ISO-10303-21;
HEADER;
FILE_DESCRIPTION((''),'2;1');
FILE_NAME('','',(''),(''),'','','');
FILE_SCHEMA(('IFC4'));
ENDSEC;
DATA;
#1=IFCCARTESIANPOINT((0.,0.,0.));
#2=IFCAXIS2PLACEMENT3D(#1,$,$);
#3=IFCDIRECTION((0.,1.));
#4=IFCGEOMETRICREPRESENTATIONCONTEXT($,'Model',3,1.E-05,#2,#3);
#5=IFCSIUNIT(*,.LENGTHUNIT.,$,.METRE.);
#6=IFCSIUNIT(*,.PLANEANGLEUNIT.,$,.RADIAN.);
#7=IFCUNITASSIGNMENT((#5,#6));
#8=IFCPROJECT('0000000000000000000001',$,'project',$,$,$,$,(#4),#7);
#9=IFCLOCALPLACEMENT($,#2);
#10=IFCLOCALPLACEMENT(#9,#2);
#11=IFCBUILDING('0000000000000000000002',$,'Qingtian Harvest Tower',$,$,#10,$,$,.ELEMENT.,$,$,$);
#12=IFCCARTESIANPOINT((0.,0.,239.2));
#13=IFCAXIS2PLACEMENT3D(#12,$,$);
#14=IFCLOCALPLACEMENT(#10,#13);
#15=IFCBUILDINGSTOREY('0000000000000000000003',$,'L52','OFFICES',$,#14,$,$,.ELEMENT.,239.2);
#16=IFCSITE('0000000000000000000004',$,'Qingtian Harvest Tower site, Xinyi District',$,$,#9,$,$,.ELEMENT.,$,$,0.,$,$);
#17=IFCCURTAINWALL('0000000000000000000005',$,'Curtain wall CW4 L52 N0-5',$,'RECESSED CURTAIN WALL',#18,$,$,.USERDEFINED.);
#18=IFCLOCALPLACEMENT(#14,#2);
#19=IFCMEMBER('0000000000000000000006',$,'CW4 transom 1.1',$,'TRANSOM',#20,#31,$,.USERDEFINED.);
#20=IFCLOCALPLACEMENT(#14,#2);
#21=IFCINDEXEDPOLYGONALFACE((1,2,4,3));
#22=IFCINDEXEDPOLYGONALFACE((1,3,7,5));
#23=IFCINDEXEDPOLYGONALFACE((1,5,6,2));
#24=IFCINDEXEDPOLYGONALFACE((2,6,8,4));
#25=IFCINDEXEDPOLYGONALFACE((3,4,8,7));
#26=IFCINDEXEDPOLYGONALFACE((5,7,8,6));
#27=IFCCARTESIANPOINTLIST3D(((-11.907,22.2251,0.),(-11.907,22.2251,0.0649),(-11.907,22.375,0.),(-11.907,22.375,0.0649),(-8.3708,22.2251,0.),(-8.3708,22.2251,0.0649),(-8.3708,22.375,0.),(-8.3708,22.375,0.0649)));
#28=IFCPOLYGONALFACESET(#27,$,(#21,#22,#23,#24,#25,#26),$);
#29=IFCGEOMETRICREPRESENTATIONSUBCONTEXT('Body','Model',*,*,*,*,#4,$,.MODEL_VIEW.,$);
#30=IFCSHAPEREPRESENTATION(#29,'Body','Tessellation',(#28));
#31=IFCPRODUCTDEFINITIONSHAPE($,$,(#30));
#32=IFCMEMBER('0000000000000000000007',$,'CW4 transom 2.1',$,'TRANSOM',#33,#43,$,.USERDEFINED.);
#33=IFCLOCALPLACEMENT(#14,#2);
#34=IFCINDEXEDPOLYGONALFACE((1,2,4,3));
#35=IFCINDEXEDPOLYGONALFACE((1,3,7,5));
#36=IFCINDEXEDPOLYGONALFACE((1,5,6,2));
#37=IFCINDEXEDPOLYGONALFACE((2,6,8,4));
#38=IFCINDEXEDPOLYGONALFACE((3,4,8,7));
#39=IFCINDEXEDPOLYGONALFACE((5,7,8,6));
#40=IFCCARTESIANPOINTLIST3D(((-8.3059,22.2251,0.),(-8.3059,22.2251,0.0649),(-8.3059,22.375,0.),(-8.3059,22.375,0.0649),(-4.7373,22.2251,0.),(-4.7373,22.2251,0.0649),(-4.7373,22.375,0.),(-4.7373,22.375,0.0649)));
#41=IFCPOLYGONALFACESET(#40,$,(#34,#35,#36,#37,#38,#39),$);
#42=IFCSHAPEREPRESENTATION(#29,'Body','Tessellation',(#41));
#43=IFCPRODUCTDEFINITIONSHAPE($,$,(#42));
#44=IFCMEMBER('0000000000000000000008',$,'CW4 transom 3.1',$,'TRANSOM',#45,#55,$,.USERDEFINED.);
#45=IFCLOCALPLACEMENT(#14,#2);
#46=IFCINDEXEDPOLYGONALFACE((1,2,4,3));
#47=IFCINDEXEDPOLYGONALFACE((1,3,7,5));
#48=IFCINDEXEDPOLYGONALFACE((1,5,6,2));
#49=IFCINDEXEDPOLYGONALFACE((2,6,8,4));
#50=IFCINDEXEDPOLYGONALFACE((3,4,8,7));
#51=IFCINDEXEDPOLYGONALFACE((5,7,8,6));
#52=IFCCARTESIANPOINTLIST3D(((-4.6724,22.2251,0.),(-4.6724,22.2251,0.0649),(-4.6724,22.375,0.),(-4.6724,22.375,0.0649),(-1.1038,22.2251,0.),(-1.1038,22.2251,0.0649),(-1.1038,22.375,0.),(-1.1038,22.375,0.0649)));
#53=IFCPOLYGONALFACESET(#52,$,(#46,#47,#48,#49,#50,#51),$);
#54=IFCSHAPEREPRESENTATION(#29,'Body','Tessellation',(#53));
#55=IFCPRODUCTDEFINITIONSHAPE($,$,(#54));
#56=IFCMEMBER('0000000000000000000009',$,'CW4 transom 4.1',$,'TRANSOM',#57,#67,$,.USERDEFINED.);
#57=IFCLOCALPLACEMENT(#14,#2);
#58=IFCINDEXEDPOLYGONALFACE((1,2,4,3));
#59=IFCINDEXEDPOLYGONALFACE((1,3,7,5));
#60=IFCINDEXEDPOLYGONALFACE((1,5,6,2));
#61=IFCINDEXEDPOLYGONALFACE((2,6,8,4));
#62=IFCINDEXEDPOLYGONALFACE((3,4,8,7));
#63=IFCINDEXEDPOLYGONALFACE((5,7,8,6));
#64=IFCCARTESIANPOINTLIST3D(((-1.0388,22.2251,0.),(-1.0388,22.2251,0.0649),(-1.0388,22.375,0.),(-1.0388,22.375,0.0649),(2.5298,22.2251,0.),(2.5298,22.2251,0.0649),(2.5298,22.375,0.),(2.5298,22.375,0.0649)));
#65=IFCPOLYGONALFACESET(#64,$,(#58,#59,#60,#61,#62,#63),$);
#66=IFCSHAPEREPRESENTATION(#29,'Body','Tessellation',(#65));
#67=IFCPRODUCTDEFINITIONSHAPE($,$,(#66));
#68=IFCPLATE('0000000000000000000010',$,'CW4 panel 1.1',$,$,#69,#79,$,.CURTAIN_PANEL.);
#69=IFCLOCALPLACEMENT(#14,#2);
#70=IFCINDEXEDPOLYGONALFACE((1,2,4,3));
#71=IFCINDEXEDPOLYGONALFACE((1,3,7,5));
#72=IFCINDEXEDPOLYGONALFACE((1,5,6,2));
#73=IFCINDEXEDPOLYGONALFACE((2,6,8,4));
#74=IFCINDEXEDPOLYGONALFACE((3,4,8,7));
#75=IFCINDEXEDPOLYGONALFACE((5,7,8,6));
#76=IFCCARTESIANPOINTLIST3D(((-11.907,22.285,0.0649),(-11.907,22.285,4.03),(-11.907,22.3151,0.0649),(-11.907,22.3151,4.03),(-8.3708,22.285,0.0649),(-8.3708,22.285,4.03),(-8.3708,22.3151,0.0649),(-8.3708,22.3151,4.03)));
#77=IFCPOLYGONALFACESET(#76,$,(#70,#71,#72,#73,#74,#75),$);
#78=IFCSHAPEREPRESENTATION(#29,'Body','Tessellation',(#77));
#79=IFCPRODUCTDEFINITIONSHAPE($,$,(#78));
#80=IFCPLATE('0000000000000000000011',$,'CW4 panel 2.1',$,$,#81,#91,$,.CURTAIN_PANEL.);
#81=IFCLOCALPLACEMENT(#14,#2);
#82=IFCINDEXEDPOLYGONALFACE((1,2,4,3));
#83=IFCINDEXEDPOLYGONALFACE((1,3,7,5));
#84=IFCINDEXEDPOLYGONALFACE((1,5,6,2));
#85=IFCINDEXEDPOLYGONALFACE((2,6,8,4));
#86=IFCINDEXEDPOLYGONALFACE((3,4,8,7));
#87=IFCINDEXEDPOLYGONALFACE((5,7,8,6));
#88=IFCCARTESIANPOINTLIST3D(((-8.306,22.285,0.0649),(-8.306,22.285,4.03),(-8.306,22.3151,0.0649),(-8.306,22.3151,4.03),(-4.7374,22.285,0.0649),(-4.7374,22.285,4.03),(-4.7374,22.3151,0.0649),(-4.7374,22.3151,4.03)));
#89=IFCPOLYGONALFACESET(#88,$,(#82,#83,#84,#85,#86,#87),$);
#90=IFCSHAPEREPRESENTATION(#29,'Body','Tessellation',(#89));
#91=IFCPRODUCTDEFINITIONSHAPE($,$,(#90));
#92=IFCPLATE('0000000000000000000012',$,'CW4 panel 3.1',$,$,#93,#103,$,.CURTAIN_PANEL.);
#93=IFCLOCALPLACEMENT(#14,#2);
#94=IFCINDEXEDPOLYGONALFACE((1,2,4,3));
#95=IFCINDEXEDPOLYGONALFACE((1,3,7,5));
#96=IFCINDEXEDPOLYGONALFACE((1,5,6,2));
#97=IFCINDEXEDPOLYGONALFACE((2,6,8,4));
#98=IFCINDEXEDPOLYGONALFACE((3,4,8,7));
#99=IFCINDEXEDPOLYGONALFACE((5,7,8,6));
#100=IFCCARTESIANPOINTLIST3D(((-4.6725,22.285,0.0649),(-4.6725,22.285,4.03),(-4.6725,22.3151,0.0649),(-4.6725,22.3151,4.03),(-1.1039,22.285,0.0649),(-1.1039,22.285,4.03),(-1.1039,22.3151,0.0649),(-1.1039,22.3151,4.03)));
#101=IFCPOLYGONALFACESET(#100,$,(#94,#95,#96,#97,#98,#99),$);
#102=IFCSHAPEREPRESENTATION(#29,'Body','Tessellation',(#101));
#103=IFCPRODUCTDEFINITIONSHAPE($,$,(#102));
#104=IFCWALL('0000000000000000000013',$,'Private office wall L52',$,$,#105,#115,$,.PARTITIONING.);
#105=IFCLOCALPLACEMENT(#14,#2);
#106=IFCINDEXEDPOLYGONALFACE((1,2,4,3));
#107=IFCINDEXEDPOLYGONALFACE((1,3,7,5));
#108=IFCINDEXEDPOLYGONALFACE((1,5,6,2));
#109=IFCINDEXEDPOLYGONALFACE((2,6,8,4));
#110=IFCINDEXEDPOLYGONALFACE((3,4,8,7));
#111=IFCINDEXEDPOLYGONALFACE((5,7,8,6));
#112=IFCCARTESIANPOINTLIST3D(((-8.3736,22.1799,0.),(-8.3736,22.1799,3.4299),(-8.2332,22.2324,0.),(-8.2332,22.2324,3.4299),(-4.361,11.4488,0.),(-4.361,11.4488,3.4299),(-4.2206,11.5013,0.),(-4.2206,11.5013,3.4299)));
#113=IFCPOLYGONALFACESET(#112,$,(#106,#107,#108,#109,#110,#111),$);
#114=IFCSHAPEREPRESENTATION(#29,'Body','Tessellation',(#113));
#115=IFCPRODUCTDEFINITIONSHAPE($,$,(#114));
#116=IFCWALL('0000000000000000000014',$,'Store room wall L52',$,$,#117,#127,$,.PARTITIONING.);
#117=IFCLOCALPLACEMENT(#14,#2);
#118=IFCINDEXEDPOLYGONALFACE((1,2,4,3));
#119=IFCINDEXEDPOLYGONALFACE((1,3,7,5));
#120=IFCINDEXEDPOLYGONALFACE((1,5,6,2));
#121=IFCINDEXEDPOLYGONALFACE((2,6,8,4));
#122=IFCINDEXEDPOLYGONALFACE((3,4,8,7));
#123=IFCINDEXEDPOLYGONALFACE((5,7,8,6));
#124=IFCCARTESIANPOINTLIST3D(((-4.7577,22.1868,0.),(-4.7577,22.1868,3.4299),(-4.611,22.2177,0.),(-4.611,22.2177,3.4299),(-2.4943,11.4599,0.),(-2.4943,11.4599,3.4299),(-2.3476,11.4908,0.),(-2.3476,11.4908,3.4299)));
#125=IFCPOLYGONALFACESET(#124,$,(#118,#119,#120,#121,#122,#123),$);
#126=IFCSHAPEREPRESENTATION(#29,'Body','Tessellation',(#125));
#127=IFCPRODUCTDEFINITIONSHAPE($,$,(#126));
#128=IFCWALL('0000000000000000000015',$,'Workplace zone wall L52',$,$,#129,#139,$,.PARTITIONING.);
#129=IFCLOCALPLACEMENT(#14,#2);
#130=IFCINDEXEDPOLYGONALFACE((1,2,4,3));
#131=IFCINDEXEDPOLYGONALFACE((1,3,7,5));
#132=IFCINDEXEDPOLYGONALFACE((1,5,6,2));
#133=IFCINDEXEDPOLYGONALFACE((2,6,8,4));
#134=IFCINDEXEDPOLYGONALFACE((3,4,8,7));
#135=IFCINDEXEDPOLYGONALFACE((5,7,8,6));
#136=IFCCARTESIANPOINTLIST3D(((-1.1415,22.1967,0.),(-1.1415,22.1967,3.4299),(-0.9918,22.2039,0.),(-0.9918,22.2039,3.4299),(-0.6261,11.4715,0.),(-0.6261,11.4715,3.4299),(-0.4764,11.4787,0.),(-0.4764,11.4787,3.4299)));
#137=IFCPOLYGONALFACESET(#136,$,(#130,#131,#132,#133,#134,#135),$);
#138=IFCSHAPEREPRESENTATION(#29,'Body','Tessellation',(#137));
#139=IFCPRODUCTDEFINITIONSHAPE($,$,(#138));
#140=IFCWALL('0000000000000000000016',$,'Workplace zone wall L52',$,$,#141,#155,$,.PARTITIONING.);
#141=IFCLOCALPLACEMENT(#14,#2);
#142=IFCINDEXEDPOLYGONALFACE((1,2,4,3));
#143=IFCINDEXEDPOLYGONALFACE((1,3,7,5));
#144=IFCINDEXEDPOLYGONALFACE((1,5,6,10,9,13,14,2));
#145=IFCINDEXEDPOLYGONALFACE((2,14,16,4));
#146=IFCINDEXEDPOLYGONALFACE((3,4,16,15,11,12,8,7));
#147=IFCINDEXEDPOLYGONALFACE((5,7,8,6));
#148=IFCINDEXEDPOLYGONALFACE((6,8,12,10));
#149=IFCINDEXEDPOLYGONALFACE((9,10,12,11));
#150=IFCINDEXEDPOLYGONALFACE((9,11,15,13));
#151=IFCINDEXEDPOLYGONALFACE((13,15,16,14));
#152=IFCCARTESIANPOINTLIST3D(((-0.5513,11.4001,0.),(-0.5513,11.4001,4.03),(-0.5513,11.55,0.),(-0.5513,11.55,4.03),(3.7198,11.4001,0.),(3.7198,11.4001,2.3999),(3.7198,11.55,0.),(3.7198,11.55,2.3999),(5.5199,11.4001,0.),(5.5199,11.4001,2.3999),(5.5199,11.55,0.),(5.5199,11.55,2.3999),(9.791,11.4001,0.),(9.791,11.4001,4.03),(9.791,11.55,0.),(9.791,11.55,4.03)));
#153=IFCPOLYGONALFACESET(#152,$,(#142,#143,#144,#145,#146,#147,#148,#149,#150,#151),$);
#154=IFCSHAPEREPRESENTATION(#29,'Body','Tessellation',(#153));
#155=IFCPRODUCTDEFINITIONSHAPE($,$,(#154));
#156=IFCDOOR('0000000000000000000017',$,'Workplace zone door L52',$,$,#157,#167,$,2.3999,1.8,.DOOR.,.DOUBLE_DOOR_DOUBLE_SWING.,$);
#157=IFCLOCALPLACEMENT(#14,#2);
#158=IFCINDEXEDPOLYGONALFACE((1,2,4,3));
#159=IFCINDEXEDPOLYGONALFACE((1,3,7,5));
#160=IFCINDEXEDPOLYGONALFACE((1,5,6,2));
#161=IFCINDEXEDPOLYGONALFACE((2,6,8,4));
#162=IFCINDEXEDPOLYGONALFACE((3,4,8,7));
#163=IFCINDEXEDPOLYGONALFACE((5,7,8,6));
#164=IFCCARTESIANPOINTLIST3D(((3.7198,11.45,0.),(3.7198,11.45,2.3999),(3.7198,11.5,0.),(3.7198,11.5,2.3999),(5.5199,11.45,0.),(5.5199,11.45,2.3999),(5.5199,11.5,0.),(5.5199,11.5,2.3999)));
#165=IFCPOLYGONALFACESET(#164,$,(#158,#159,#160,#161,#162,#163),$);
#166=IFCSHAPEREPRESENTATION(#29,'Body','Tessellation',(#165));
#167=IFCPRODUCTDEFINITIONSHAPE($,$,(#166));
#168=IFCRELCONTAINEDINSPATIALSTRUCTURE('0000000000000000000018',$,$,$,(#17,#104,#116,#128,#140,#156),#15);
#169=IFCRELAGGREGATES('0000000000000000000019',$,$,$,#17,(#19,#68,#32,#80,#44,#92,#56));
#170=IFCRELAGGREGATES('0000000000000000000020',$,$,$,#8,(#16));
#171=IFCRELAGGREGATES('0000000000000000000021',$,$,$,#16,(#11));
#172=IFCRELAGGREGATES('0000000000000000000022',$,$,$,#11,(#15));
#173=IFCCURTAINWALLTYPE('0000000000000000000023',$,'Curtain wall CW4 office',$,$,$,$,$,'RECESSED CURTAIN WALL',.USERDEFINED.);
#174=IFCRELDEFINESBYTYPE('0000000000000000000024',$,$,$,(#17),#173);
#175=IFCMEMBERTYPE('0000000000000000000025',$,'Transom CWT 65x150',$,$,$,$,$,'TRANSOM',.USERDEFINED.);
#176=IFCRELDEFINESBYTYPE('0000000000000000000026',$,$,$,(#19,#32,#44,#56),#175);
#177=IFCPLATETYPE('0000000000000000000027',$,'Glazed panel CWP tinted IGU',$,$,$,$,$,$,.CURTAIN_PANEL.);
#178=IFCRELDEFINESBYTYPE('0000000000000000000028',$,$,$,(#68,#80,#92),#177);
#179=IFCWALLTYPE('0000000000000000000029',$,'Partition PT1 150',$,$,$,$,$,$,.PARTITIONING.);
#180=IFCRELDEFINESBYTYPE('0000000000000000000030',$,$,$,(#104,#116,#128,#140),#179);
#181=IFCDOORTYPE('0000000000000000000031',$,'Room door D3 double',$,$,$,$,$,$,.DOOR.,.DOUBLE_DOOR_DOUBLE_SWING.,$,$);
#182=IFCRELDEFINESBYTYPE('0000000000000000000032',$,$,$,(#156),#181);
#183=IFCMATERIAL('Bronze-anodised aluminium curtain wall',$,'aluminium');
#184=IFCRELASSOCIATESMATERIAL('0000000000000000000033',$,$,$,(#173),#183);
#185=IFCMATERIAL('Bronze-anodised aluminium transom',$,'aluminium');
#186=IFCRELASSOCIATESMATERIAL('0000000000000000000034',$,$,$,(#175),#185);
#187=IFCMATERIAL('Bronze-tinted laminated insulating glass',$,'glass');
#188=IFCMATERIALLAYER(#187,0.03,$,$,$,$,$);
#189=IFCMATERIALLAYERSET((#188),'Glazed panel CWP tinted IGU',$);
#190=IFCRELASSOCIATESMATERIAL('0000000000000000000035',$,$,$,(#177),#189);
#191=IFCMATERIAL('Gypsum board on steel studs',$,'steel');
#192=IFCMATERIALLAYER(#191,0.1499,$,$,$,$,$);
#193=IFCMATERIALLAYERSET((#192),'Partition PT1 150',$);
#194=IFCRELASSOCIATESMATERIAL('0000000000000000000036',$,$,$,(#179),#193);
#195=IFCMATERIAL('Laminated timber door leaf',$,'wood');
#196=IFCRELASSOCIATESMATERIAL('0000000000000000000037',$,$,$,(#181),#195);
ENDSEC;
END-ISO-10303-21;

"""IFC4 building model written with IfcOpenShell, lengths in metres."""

from ifc_helpers import new_model, si_unit, direction, frame, frame_2d, origin, origin_2d, place, context, subcontext, project, spatial, rectangle, extrude, material, layer, layer_set, material_profile, profile_set, type_object, element, fill, aggregate, save


model = new_model("IFC4")

# Units and contexts
model_context = context("Model", 3, precision=1e-05, world=origin(), true_north=direction((0.0, 1.0)))
body_context = subcontext(model_context, "Body", "Model", "MODEL_VIEW")
ifc_project = project(units=[si_unit("LENGTHUNIT", "METRE"), si_unit("PLANEANGLEUNIT", "RADIAN")], contexts=[model_context])

# Site, building, storey
site_placement = place(None, origin())
site = spatial("IfcSite", under=ifc_project, at=site_placement, Name="Qingtian Harvest Tower site, Xinyi District", CompositionType="ELEMENT", RefElevation=0.0)
building_placement = place(site_placement, origin())
building = spatial("IfcBuilding", under=site, at=building_placement, Name="Qingtian Harvest Tower", CompositionType="ELEMENT")
storey_placement = place(building_placement, frame((0.0, 0.0, 239.2)))
storey = spatial("IfcBuildingStorey", under=building, at=storey_placement, Name="L52", Description="OFFICES", CompositionType="ELEMENT", Elevation=239.2)

# Curtain wall
ifc_material_1 = material(Name="Bronze-anodised aluminium curtain wall", Category="aluminium")
curtain_wall_type = type_object("IfcCurtainWallType", Name="Curtain wall CW4 office", ElementType="RECESSED CURTAIN WALL", PredefinedType="USERDEFINED", material=ifc_material_1)
curtain_wall_1_placement = place(storey_placement, origin())
curtain_wall_1 = element("IfcCurtainWall", 1, at=curtain_wall_1_placement, inside=storey, type_object=curtain_wall_type, Name="Curtain wall CW4 L52 N0-5", ObjectType="RECESSED CURTAIN WALL", PredefinedType="USERDEFINED")

# Members
ifc_material_2 = material(Name="Bronze-anodised aluminium transom", Category="aluminium")
ifc_material_profile_1 = material_profile(ifc_material_2, rectangle(XDim=0.1499, YDim=0.0649, at=origin_2d()), Name="AL 65x150")
ifc_profile_set_1 = profile_set([ifc_material_profile_1], Name="Bronze-anodised aluminium transom")
member_type_1 = type_object("IfcMemberType", Name="Transom CWT 65x150", ElementType="TRANSOM", PredefinedType="USERDEFINED", material=ifc_profile_set_1)
member_1_placement = place(storey_placement, frame((-11.907, 22.3, 0.0325), z_axis=(1.0, 0.0, 0.0), x_axis=(0.0, 1.0, 0.0)))
member_1 = element("IfcMember", 2, at=member_1_placement, type_object=member_type_1, Name="CW4 transom 1.1", ObjectType="TRANSOM", PredefinedType="USERDEFINED", context=body_context, shape_type="SweptSolid", body=[
    extrude(rectangle(XDim=0.1499, YDim=0.0649, at=origin_2d()), origin(), (0.0, 0.0, 1.0), 3.5361),
])
member_2_placement = place(storey_placement, frame((-8.3059, 22.3, 0.0325), z_axis=(1.0, 0.0, 0.0), x_axis=(0.0, 1.0, 0.0)))
member_2 = element("IfcMember", 3, at=member_2_placement, type_object=member_type_1, Name="CW4 transom 2.1", ObjectType="TRANSOM", PredefinedType="USERDEFINED", context=body_context, shape_type="SweptSolid", body=[
    extrude(rectangle(XDim=0.1499, YDim=0.0649, at=origin_2d()), origin(), (0.0, 0.0, 1.0), 3.5686),
])
member_3_placement = place(storey_placement, frame((-4.6724, 22.3, 0.0325), z_axis=(1.0, 0.0, 0.0), x_axis=(0.0, 1.0, 0.0)))
member_3 = element("IfcMember", 4, at=member_3_placement, type_object=member_type_1, Name="CW4 transom 3.1", ObjectType="TRANSOM", PredefinedType="USERDEFINED", context=body_context, shape_type="SweptSolid", body=[
    extrude(rectangle(XDim=0.1499, YDim=0.0649, at=origin_2d()), origin(), (0.0, 0.0, 1.0), 3.5686),
])
member_4_placement = place(storey_placement, frame((-1.0388, 22.3, 0.0325), z_axis=(1.0, 0.0, 0.0), x_axis=(0.0, 1.0, 0.0)))
member_4 = element("IfcMember", 5, at=member_4_placement, type_object=member_type_1, Name="CW4 transom 4.1", ObjectType="TRANSOM", PredefinedType="USERDEFINED", context=body_context, shape_type="SweptSolid", body=[
    extrude(rectangle(XDim=0.1499, YDim=0.0649, at=origin_2d()), origin(), (0.0, 0.0, 1.0), 3.5686),
])

# Plates
ifc_material_3 = material(Name="Bronze-tinted laminated insulating glass", Category="glass")
ifc_layer_1 = layer(ifc_material_3, 0.03)
ifc_layer_set_1 = layer_set([ifc_layer_1], Name="Glazed panel CWP tinted IGU")
plate_type = type_object("IfcPlateType", Name="Glazed panel CWP tinted IGU", PredefinedType="CURTAIN_PANEL", material=ifc_layer_set_1)
plate_1_placement = place(storey_placement, frame((-10.1389, 22.3, 0.0649), z_axis=(0.0, 0.0, 1.0), x_axis=(1.0, 0.0, 0.0)))
plate_1 = element("IfcPlate", 6, at=plate_1_placement, type_object=plate_type, Name="CW4 panel 1.1", PredefinedType="CURTAIN_PANEL", context=body_context, shape_type="SweptSolid", body=[
    extrude(rectangle(XDim=3.5361, YDim=0.03, at=origin_2d()), origin(), (0.0, 0.0, 1.0), 3.9651),
])
plate_2_placement = place(storey_placement, frame((-6.5217, 22.3, 0.0649), z_axis=(0.0, 0.0, 1.0), x_axis=(1.0, 0.0, 0.0)))
plate_2 = element("IfcPlate", 7, at=plate_2_placement, type_object=plate_type, Name="CW4 panel 2.1", PredefinedType="CURTAIN_PANEL", context=body_context, shape_type="SweptSolid", body=[
    extrude(rectangle(XDim=3.5686, YDim=0.03, at=origin_2d()), origin(), (0.0, 0.0, 1.0), 3.9651),
])
plate_3_placement = place(storey_placement, frame((-2.8882, 22.3, 0.0649), z_axis=(0.0, 0.0, 1.0), x_axis=(1.0, 0.0, 0.0)))
plate_3 = element("IfcPlate", 8, at=plate_3_placement, type_object=plate_type, Name="CW4 panel 3.1", PredefinedType="CURTAIN_PANEL", context=body_context, shape_type="SweptSolid", body=[
    extrude(rectangle(XDim=3.5686, YDim=0.03, at=origin_2d()), origin(), (0.0, 0.0, 1.0), 3.9651),
])
aggregate(curtain_wall_1, [member_1, plate_1, member_2, plate_2, member_3, plate_3, member_4])

# Walls
ifc_material_4 = material(Name="Gypsum board on steel studs", Category="steel")
ifc_layer_2 = layer(ifc_material_4, 0.1499)
ifc_layer_set_2 = layer_set([ifc_layer_2], Name="Partition PT1 150")
wall_type = type_object("IfcWallType", Name="Partition PT1 150", PredefinedType="PARTITIONING", material=ifc_layer_set_2)
wall_1_placement = place(storey_placement, frame((-8.3035, 22.2063, 0.0), z_axis=(0.0, 0.0, 1.0), x_axis=(0.350243, -0.936659, 0.0)))
element("IfcWall", 9, at=wall_1_placement, inside=storey, type_object=wall_type, Name="Private office wall L52", PredefinedType="PARTITIONING", context=body_context, shape_type="SweptSolid", body=[
    extrude(rectangle(XDim=11.4568, YDim=0.1499, at=frame_2d((5.7285, 0.0))), origin(), (0.0, 0.0, 1.0), 3.4299),
])
wall_2_placement = place(storey_placement, frame((-4.6843, 22.2021, 0.0), z_axis=(0.0, 0.0, 1.0), x_axis=(0.206456, -0.978456, 0.0)))
element("IfcWall", 10, at=wall_2_placement, inside=storey, type_object=wall_type, Name="Store room wall L52", PredefinedType="PARTITIONING", context=body_context, shape_type="SweptSolid", body=[
    extrude(rectangle(XDim=10.9631, YDim=0.1499, at=frame_2d((5.4814, 0.0))), origin(), (0.0, 0.0, 1.0), 3.4299),
])
wall_3_placement = place(storey_placement, frame((-1.0667, 22.2002, 0.0), z_axis=(0.0, 0.0, 1.0), x_axis=(0.047998, -0.998847, 0.0)))
element("IfcWall", 11, at=wall_3_placement, inside=storey, type_object=wall_type, Name="Workplace zone wall L52", PredefinedType="PARTITIONING", context=body_context, shape_type="SweptSolid", body=[
    extrude(rectangle(XDim=10.7375, YDim=0.1499, at=frame_2d((5.3687, 0.0))), origin(), (0.0, 0.0, 1.0), 3.4299),
])

# Wall, opening, door
wall_4_placement = place(storey_placement, frame((-0.5513, 11.4751, 0.0), z_axis=(0.0, 0.0, 1.0), x_axis=(1.0, 0.0, 0.0)))
wall_4 = element("IfcWall", 12, at=wall_4_placement, inside=storey, type_object=wall_type, Name="Workplace zone wall L52", PredefinedType="PARTITIONING", context=body_context, shape_type="SweptSolid", body=[
    extrude(rectangle(XDim=10.3423, YDim=0.1499, at=frame_2d((5.1711, 0.0))), origin(), (0.0, 0.0, 1.0), 4.03),
])
opening_placement = place(wall_4_placement, frame((4.2712, 0.0, 0.0)))
opening = element("IfcOpeningElement", 13, at=opening_placement, cuts=wall_4, PredefinedType="OPENING", context=body_context, shape_type="SweptSolid", body=[
    extrude(rectangle(XDim=1.8, YDim=2.3999, at=frame_2d((0.8999, 1.2))), frame((0.0, 0.085, 0.0), z_axis=(0.0, -1.0, 0.0), x_axis=(1.0, 0.0, 0.0)), (0.0, 0.0, 1.0), 0.1699),
])
ifc_material_5 = material(Name="Laminated timber door leaf", Category="wood")
door_type = type_object("IfcDoorType", Name="Room door D3 double", OperationType="DOUBLE_DOOR_DOUBLE_SWING", PredefinedType="DOOR", material=ifc_material_5)
door_placement = place(opening_placement, origin())
door = element("IfcDoor", 14, at=door_placement, inside=storey, type_object=door_type, Name="Workplace zone door L52", OperationType="DOUBLE_DOOR_DOUBLE_SWING", OverallHeight=2.3999, OverallWidth=1.8, PredefinedType="DOOR", context=body_context, shape_type="SweptSolid", body=[
    extrude(rectangle(XDim=1.8, YDim=2.3999, at=frame_2d((0.8999, 1.2))), frame((0.0, 0.0249, 0.0), z_axis=(0.0, -1.0, 0.0), x_axis=(1.0, 0.0, 0.0)), (0.0, 0.0, 1.0), 0.05),
])
fill(opening, door)

save(model, "model.ifc")
